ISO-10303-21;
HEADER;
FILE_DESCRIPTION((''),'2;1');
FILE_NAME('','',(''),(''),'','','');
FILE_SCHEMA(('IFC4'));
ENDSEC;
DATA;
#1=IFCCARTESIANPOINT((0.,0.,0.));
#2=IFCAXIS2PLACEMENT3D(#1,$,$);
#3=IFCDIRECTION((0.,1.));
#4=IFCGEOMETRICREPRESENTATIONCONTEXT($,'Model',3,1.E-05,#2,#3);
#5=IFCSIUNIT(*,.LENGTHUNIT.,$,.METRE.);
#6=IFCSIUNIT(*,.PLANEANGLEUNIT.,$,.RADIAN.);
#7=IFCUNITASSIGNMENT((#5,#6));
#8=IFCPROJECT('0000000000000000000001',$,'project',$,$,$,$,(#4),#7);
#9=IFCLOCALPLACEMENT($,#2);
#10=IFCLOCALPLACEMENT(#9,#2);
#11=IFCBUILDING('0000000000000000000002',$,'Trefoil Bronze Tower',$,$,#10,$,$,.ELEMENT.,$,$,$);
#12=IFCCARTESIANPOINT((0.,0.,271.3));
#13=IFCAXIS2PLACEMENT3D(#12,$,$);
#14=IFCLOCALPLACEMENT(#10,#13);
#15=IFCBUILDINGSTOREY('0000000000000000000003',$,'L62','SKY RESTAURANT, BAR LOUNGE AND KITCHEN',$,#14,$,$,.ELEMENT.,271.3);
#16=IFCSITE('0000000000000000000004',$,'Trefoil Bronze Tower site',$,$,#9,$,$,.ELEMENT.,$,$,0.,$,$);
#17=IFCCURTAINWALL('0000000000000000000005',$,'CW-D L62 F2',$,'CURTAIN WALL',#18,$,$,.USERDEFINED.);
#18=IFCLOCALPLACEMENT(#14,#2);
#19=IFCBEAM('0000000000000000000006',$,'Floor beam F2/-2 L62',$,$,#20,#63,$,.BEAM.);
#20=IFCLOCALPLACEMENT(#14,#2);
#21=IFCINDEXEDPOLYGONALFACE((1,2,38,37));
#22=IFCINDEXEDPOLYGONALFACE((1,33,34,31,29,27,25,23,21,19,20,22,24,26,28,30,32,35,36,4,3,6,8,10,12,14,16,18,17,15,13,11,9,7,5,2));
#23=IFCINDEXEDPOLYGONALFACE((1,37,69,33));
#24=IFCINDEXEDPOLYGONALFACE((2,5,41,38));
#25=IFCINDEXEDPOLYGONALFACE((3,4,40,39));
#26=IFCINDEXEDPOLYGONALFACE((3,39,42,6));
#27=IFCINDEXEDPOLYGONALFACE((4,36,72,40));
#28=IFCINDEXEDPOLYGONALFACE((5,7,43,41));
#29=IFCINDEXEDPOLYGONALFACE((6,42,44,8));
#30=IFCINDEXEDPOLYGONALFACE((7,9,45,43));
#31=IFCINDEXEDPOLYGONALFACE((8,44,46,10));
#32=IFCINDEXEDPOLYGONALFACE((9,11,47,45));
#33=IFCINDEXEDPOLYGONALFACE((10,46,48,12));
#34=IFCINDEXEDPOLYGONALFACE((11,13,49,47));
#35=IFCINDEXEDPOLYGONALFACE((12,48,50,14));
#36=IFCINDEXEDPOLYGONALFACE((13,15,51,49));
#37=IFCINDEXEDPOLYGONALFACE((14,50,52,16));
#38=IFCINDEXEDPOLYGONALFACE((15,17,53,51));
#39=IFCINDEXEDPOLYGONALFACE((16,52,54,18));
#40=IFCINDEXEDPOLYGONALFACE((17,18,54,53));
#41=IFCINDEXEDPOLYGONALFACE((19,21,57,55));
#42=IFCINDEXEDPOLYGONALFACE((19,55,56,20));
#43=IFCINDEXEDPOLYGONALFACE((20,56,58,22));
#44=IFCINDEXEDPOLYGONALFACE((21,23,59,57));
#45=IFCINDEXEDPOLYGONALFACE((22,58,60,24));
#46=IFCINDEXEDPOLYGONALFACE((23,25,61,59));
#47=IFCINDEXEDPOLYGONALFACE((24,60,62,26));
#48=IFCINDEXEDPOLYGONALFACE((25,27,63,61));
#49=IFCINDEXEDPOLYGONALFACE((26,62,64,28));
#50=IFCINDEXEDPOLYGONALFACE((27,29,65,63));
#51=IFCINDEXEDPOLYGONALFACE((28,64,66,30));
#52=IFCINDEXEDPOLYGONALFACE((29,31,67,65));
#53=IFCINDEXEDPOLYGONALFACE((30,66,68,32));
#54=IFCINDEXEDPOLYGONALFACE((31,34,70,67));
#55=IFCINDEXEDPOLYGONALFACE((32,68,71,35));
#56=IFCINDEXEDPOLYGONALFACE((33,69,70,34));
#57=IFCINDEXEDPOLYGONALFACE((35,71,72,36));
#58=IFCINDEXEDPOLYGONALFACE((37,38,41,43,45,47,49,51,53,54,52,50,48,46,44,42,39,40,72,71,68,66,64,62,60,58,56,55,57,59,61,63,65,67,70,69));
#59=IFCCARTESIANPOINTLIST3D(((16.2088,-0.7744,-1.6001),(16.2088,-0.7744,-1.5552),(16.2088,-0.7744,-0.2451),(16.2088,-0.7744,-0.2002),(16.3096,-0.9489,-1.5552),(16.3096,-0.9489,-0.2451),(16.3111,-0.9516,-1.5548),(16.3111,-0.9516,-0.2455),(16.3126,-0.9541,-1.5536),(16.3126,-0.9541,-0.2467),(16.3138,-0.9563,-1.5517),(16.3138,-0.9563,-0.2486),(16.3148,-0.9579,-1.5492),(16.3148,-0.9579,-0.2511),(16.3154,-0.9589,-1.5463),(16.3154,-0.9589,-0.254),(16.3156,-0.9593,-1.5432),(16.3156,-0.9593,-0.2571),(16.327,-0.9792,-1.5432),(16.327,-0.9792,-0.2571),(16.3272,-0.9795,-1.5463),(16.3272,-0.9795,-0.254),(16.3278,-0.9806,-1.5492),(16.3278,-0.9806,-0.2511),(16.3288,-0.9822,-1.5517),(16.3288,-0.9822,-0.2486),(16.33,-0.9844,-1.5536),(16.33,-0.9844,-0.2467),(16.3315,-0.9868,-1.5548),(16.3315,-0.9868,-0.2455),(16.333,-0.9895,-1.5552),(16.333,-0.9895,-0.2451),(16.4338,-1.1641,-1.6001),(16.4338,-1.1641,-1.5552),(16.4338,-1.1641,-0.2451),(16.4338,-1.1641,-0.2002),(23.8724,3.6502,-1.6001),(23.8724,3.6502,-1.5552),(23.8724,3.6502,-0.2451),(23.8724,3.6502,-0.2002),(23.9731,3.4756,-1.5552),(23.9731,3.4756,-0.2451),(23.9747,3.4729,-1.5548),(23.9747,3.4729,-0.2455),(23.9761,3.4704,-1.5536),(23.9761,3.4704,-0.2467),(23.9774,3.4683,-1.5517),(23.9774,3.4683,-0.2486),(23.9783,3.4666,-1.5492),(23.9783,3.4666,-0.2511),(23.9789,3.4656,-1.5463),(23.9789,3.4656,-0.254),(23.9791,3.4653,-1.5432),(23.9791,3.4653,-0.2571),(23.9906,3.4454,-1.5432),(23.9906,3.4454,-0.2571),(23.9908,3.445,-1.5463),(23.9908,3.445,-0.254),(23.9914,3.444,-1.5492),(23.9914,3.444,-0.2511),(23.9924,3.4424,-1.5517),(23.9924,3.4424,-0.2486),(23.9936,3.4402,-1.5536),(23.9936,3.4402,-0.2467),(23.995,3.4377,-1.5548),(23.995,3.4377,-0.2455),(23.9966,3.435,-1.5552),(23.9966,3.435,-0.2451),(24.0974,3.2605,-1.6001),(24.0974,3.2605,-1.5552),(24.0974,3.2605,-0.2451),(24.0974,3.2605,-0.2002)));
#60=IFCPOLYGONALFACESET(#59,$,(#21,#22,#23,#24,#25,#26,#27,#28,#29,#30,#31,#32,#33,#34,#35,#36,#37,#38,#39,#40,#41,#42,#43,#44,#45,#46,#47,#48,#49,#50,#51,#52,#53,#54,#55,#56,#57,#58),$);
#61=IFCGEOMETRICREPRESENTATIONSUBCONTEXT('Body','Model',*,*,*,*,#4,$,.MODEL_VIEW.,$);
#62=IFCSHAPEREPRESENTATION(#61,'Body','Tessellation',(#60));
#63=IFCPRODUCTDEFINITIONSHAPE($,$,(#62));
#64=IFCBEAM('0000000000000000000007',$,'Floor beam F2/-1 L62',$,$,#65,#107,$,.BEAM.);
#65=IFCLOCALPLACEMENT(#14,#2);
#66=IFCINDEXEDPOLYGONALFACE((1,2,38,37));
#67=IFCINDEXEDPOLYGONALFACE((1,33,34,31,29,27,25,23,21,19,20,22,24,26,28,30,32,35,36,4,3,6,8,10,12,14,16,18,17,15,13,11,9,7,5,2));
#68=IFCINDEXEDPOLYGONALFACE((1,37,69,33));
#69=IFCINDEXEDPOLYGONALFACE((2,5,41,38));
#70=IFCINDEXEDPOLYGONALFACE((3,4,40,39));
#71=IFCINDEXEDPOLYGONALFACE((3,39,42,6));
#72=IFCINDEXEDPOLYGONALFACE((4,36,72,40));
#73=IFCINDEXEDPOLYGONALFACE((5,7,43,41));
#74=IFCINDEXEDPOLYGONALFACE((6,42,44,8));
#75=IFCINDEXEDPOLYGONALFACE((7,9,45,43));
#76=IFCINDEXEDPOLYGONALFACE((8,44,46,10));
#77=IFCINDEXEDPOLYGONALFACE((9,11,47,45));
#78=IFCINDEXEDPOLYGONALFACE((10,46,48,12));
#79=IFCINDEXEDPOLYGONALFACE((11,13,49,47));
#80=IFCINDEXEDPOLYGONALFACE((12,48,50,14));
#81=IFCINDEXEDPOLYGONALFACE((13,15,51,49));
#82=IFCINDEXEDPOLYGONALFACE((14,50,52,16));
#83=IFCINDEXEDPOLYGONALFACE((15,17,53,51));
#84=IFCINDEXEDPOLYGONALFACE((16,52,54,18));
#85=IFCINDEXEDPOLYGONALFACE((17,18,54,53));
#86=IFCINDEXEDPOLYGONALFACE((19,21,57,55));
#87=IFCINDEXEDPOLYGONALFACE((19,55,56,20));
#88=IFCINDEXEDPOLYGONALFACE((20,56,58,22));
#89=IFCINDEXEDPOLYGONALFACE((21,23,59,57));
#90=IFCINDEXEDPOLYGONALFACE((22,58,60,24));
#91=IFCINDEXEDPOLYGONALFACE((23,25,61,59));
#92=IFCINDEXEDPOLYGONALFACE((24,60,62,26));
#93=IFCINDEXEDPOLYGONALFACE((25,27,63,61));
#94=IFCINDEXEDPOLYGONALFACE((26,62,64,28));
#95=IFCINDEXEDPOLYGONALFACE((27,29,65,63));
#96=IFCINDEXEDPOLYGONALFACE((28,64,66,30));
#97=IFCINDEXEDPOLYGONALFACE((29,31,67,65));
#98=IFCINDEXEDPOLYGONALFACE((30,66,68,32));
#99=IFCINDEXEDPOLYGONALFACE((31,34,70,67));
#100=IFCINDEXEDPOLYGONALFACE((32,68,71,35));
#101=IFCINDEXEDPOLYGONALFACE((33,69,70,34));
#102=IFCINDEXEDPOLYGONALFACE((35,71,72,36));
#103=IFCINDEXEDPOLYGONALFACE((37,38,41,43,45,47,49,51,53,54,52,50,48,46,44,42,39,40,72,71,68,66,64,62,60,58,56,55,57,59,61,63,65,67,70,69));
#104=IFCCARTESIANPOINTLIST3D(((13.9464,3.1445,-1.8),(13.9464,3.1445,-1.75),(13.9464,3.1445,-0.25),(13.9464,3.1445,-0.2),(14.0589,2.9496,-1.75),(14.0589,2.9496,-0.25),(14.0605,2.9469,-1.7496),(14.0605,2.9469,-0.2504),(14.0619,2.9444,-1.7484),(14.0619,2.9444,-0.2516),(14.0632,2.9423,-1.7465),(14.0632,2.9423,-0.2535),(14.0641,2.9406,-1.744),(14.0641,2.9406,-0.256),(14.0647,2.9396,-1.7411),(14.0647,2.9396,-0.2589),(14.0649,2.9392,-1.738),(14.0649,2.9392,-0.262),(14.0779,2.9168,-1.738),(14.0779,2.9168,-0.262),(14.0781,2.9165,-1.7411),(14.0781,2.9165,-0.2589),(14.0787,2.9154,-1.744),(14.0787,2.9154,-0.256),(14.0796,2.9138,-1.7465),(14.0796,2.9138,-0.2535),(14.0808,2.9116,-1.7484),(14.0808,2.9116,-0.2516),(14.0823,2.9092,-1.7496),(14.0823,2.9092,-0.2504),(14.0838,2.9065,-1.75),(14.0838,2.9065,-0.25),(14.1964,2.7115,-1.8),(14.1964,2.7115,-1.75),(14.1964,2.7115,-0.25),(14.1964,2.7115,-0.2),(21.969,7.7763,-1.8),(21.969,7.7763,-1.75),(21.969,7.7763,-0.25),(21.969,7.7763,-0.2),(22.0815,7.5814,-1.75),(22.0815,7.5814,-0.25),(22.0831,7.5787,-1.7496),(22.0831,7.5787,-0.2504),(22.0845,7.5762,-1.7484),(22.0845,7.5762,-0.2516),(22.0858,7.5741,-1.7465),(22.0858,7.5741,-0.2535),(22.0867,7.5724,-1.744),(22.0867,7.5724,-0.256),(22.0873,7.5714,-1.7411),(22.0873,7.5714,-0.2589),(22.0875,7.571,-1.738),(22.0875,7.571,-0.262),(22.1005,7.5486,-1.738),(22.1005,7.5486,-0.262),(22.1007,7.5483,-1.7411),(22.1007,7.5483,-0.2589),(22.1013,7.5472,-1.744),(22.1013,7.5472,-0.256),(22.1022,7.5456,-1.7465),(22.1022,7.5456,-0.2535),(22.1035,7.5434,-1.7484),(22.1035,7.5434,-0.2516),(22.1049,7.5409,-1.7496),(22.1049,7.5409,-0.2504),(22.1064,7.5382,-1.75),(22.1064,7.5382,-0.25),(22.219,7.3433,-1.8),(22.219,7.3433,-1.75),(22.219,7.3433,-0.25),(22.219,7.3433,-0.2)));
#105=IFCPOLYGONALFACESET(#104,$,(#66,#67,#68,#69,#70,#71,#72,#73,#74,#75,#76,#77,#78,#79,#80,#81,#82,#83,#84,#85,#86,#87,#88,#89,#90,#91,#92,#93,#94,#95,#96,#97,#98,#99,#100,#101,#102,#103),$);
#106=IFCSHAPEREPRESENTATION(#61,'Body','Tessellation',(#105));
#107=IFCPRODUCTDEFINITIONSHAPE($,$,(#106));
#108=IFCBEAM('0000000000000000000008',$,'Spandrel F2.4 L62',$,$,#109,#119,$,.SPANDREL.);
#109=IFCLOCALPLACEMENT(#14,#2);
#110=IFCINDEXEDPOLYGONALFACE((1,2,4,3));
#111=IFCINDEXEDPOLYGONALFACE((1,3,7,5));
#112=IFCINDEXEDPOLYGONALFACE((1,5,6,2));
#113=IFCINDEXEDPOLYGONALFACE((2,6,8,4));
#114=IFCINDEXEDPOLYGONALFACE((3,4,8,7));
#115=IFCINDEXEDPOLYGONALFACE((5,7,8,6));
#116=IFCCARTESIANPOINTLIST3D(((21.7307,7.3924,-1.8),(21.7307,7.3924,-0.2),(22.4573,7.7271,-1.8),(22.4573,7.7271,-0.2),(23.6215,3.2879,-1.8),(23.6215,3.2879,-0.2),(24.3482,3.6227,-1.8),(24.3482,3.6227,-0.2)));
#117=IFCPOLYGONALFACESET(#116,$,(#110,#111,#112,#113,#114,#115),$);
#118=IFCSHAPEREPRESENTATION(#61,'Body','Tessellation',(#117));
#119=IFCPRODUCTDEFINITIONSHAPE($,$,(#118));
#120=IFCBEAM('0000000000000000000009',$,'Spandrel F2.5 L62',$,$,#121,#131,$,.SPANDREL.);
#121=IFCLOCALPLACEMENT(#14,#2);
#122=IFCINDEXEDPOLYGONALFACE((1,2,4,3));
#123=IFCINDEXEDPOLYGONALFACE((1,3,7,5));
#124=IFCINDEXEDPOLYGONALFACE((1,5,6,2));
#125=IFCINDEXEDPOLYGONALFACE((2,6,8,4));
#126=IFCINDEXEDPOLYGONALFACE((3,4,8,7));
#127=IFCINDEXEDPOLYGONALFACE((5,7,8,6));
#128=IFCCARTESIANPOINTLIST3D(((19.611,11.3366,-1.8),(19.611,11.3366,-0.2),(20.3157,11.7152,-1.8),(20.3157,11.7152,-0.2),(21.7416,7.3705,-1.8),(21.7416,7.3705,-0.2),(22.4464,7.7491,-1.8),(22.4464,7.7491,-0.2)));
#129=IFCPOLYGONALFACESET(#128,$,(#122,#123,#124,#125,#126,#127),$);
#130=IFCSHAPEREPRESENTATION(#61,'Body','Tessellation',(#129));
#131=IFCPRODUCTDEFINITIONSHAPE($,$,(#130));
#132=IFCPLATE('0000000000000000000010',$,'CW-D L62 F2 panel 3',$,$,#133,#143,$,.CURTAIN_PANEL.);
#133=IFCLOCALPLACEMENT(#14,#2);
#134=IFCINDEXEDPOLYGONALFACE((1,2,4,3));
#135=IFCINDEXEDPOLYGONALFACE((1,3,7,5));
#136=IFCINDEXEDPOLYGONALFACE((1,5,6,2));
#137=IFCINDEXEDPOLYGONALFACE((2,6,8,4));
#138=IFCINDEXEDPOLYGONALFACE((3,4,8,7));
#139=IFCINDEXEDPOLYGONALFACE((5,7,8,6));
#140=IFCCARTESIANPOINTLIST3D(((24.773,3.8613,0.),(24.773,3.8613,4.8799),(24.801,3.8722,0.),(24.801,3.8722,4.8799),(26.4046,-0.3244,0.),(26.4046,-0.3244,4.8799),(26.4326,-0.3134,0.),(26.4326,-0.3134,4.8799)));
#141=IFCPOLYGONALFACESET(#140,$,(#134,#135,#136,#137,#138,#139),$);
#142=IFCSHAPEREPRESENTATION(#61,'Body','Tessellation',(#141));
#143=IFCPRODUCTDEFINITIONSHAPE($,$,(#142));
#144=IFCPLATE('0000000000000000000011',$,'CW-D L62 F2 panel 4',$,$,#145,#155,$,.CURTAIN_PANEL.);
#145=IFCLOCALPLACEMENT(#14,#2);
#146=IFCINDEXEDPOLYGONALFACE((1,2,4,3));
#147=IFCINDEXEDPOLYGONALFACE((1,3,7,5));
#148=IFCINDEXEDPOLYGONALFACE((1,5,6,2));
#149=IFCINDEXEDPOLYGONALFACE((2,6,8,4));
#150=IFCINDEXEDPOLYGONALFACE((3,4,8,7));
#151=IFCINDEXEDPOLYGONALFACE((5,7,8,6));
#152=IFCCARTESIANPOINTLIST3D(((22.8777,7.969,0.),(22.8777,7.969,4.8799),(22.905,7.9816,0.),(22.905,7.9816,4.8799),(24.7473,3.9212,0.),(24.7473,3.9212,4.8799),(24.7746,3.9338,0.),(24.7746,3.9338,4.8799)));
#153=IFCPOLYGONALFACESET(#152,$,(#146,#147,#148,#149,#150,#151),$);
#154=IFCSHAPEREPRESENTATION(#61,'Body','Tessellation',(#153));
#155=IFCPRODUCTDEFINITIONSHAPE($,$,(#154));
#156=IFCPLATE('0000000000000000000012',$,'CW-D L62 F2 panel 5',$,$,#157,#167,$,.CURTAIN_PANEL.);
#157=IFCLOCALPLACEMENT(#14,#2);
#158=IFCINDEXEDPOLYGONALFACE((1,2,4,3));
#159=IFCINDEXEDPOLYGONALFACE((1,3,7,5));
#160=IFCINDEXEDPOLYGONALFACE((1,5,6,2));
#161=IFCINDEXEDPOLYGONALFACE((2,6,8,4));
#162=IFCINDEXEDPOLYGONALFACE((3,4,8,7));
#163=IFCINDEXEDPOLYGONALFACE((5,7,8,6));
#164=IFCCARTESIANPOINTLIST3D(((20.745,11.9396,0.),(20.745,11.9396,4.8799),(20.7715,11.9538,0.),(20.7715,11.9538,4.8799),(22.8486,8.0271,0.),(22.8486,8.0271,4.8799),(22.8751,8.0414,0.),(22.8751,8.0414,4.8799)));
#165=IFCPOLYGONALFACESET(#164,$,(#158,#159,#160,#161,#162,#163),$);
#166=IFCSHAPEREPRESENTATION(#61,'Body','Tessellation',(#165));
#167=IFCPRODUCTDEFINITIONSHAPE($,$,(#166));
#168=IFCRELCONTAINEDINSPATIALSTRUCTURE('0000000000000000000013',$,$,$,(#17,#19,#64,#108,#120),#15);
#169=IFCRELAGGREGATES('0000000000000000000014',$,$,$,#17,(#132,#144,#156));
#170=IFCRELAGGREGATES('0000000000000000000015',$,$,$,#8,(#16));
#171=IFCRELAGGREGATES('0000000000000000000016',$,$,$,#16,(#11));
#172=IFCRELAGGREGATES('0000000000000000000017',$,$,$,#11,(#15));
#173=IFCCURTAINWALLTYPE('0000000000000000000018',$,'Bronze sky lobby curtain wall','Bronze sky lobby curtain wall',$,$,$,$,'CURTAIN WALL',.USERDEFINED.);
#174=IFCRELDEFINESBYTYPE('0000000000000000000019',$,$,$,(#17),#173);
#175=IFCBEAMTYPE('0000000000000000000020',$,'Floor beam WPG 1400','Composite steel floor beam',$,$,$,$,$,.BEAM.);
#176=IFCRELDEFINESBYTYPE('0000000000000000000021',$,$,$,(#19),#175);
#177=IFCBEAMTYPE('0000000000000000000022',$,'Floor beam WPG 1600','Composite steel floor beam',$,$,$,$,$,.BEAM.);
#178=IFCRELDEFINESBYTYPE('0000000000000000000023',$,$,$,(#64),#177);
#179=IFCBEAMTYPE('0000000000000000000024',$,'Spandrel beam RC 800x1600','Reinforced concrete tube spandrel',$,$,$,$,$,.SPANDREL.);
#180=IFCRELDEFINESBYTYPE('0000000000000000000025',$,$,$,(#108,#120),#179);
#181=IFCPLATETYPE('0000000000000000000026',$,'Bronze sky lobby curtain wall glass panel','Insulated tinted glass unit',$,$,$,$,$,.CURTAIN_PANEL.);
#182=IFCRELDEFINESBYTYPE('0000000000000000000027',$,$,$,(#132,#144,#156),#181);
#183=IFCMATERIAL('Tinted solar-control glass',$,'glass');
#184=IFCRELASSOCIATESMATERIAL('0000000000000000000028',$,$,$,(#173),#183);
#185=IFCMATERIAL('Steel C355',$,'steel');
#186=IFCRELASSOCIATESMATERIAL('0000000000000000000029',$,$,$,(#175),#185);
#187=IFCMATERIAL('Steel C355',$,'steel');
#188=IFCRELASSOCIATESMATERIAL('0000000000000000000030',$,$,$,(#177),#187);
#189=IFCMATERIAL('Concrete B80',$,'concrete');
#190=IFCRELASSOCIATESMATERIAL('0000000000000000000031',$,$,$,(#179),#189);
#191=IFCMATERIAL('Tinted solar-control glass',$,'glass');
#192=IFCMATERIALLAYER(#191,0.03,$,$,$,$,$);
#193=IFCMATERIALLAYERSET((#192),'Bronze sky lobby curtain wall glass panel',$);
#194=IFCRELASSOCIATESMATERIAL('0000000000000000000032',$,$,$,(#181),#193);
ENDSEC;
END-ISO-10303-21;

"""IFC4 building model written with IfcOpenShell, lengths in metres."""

from ifc_helpers import new_model, si_unit, direction, frame, origin, origin_2d, place, context, subcontext, project, spatial, rectangle, i_section, extrude, material, layer, layer_set, material_profile, profile_set, type_object, element, aggregate, save


model = new_model("IFC4")

# Units and contexts
model_context = context("Model", 3, precision=1e-05, world=origin(), true_north=direction((0.0, 1.0)))
body_context = subcontext(model_context, "Body", "Model", "MODEL_VIEW")
ifc_project = project(units=[si_unit("LENGTHUNIT", "METRE"), si_unit("PLANEANGLEUNIT", "RADIAN")], contexts=[model_context])

# Site, building, storey
site_placement = place(None, origin())
site = spatial("IfcSite", under=ifc_project, at=site_placement, Name="Trefoil Bronze Tower site", CompositionType="ELEMENT", RefElevation=0.0)
building_placement = place(site_placement, origin())
building = spatial("IfcBuilding", under=site, at=building_placement, Name="Trefoil Bronze Tower", CompositionType="ELEMENT")
storey_placement = place(building_placement, frame((0.0, 0.0, 271.3)))
storey = spatial("IfcBuildingStorey", under=building, at=storey_placement, Name="L62", Description="SKY RESTAURANT, BAR LOUNGE AND KITCHEN", CompositionType="ELEMENT", Elevation=271.3)

# Curtain wall
ifc_material_1 = material(Name="Tinted solar-control glass", Category="glass")
curtain_wall_type = type_object("IfcCurtainWallType", Name="Bronze sky lobby curtain wall", Description="Bronze sky lobby curtain wall", ElementType="CURTAIN WALL", PredefinedType="USERDEFINED", material=ifc_material_1)
curtain_wall_placement = place(storey_placement, origin())
curtain_wall = element("IfcCurtainWall", 1, at=curtain_wall_placement, inside=storey, type_object=curtain_wall_type, Name="CW-D L62 F2", ObjectType="CURTAIN WALL", PredefinedType="USERDEFINED")

# Beams
ifc_material_2 = material(Name="Steel C355", Category="steel")
ifc_material_profile_1 = material_profile(ifc_material_2, i_section(OverallWidth=0.45, OverallDepth=1.3999, WebThickness=0.0229, FlangeThickness=0.0449, FilletRadius=0.012, at=origin_2d()), Name="WPG 1400")
ifc_profile_set_1 = profile_set([ifc_material_profile_1], Name="Steel C355")
beam_type_1 = type_object("IfcBeamType", Name="Floor beam WPG 1400", Description="Composite steel floor beam", PredefinedType="BEAM", material=ifc_profile_set_1)
beam_1_placement = place(storey_placement, frame((23.9849, 3.4553, -0.9001), z_axis=(-0.866026, -0.499999, 0.0), x_axis=(0.499999, -0.866026, 0.0)))
element("IfcBeam", 2, at=beam_1_placement, inside=storey, type_object=beam_type_1, Name="Floor beam F2/-2 L62", PredefinedType="BEAM", context=body_context, shape_type="SweptSolid", body=[
    extrude(i_section(OverallWidth=0.45, OverallDepth=1.3999, WebThickness=0.0229, FlangeThickness=0.0449, FilletRadius=0.012, at=origin_2d()), origin(), (0.0, 0.0, 1.0), 8.8491),
])
ifc_material_3 = material(Name="Steel C355", Category="steel")
ifc_material_profile_2 = material_profile(ifc_material_3, i_section(OverallWidth=0.5, OverallDepth=1.6001, WebThickness=0.0259, FlangeThickness=0.05, FilletRadius=0.012, at=origin_2d()), Name="WPG 1600")
ifc_profile_set_2 = profile_set([ifc_material_profile_2], Name="Steel C355")
beam_type_2 = type_object("IfcBeamType", Name="Floor beam WPG 1600", Description="Composite steel floor beam", PredefinedType="BEAM", material=ifc_profile_set_2)
beam_2_placement = place(storey_placement, frame((22.094, 7.5598, -1.0), z_axis=(-0.866029, -0.499994, 0.0), x_axis=(0.499994, -0.866029, 0.0)))
element("IfcBeam", 3, at=beam_2_placement, inside=storey, type_object=beam_type_2, Name="Floor beam F2/-1 L62", PredefinedType="BEAM", context=body_context, shape_type="SweptSolid", body=[
    extrude(i_section(OverallWidth=0.5, OverallDepth=1.6001, WebThickness=0.0259, FlangeThickness=0.05, FilletRadius=0.012, at=origin_2d()), origin(), (0.0, 0.0, 1.0), 9.2637),
])
ifc_material_4 = material(Name="Concrete B80", Category="concrete")
ifc_material_profile_3 = material_profile(ifc_material_4, rectangle(XDim=0.8, YDim=1.6001, at=origin_2d()), Name="RC 800x1600")
ifc_profile_set_3 = profile_set([ifc_material_profile_3], Name="Concrete B80")
beam_type_3 = type_object("IfcBeamType", Name="Spandrel beam RC 800x1600", Description="Reinforced concrete tube spandrel", PredefinedType="SPANDREL", material=ifc_profile_set_3)
beam_3_placement = place(storey_placement, frame((23.9849, 3.4553, -1.0), z_axis=(-0.418417, 0.908255, 0.0), x_axis=(-0.908255, -0.418417, 0.0)))
element("IfcBeam", 4, at=beam_3_placement, inside=storey, type_object=beam_type_3, Name="Spandrel F2.4 L62", PredefinedType="SPANDREL", context=body_context, shape_type="SweptSolid", body=[
    extrude(rectangle(XDim=0.8, YDim=1.6001, at=origin_2d()), origin(), (0.0, 0.0, 1.0), 4.519),
])
beam_4_placement = place(storey_placement, frame((22.094, 7.5598, -1.0), z_axis=(-0.473246, 0.88093, 0.0), x_axis=(-0.88093, -0.473246, 0.0)))
element("IfcBeam", 5, at=beam_4_placement, inside=storey, type_object=beam_type_3, Name="Spandrel F2.5 L62", PredefinedType="SPANDREL", context=body_context, shape_type="SweptSolid", body=[
    extrude(rectangle(XDim=0.8, YDim=1.6001, at=origin_2d()), origin(), (0.0, 0.0, 1.0), 4.5022),
])

# Plates
ifc_material_5 = material(Name="Tinted solar-control glass", Category="glass")
ifc_layer_1 = layer(ifc_material_5, 0.03)
ifc_layer_set_1 = layer_set([ifc_layer_1], Name="Bronze sky lobby curtain wall glass panel")
plate_type = type_object("IfcPlateType", Name="Bronze sky lobby curtain wall glass panel", Description="Insulated tinted glass unit", PredefinedType="CURTAIN_PANEL", material=ifc_layer_set_1)
plate_1_placement = place(storey_placement, frame((25.6028, 1.7739, 0.0), z_axis=(0.0, 0.0, 1.0), x_axis=(-0.363199, 0.931712, 0.0)))
plate_1 = element("IfcPlate", 6, at=plate_1_placement, type_object=plate_type, Name="CW-D L62 F2 panel 3", PredefinedType="CURTAIN_PANEL", context=body_context, shape_type="SweptSolid", body=[
    extrude(rectangle(XDim=4.4924, YDim=0.03, at=origin_2d()), origin(), (0.0, 0.0, 1.0), 4.8799),
])
plate_2_placement = place(storey_placement, frame((23.8262, 5.9514, 0.0), z_axis=(0.0, 0.0, 1.0), x_axis=(-0.419309, 0.907844, 0.0)))
plate_2 = element("IfcPlate", 7, at=plate_2_placement, type_object=plate_type, Name="CW-D L62 F2 panel 4", PredefinedType="CURTAIN_PANEL", context=body_context, shape_type="SweptSolid", body=[
    extrude(rectangle(XDim=4.4587, YDim=0.03, at=origin_2d()), origin(), (0.0, 0.0, 1.0), 4.8799),
])
plate_3_placement = place(storey_placement, frame((21.8101, 9.9905, 0.0), z_axis=(0.0, 0.0, 1.0), x_axis=(-0.473562, 0.88076, 0.0)))
plate_3 = element("IfcPlate", 8, at=plate_3_placement, type_object=plate_type, Name="CW-D L62 F2 panel 5", PredefinedType="CURTAIN_PANEL", context=body_context, shape_type="SweptSolid", body=[
    extrude(rectangle(XDim=4.4421, YDim=0.03, at=origin_2d()), origin(), (0.0, 0.0, 1.0), 4.8799),
])
aggregate(curtain_wall, [plate_1, plate_2, plate_3])

save(model, "model.ifc")
